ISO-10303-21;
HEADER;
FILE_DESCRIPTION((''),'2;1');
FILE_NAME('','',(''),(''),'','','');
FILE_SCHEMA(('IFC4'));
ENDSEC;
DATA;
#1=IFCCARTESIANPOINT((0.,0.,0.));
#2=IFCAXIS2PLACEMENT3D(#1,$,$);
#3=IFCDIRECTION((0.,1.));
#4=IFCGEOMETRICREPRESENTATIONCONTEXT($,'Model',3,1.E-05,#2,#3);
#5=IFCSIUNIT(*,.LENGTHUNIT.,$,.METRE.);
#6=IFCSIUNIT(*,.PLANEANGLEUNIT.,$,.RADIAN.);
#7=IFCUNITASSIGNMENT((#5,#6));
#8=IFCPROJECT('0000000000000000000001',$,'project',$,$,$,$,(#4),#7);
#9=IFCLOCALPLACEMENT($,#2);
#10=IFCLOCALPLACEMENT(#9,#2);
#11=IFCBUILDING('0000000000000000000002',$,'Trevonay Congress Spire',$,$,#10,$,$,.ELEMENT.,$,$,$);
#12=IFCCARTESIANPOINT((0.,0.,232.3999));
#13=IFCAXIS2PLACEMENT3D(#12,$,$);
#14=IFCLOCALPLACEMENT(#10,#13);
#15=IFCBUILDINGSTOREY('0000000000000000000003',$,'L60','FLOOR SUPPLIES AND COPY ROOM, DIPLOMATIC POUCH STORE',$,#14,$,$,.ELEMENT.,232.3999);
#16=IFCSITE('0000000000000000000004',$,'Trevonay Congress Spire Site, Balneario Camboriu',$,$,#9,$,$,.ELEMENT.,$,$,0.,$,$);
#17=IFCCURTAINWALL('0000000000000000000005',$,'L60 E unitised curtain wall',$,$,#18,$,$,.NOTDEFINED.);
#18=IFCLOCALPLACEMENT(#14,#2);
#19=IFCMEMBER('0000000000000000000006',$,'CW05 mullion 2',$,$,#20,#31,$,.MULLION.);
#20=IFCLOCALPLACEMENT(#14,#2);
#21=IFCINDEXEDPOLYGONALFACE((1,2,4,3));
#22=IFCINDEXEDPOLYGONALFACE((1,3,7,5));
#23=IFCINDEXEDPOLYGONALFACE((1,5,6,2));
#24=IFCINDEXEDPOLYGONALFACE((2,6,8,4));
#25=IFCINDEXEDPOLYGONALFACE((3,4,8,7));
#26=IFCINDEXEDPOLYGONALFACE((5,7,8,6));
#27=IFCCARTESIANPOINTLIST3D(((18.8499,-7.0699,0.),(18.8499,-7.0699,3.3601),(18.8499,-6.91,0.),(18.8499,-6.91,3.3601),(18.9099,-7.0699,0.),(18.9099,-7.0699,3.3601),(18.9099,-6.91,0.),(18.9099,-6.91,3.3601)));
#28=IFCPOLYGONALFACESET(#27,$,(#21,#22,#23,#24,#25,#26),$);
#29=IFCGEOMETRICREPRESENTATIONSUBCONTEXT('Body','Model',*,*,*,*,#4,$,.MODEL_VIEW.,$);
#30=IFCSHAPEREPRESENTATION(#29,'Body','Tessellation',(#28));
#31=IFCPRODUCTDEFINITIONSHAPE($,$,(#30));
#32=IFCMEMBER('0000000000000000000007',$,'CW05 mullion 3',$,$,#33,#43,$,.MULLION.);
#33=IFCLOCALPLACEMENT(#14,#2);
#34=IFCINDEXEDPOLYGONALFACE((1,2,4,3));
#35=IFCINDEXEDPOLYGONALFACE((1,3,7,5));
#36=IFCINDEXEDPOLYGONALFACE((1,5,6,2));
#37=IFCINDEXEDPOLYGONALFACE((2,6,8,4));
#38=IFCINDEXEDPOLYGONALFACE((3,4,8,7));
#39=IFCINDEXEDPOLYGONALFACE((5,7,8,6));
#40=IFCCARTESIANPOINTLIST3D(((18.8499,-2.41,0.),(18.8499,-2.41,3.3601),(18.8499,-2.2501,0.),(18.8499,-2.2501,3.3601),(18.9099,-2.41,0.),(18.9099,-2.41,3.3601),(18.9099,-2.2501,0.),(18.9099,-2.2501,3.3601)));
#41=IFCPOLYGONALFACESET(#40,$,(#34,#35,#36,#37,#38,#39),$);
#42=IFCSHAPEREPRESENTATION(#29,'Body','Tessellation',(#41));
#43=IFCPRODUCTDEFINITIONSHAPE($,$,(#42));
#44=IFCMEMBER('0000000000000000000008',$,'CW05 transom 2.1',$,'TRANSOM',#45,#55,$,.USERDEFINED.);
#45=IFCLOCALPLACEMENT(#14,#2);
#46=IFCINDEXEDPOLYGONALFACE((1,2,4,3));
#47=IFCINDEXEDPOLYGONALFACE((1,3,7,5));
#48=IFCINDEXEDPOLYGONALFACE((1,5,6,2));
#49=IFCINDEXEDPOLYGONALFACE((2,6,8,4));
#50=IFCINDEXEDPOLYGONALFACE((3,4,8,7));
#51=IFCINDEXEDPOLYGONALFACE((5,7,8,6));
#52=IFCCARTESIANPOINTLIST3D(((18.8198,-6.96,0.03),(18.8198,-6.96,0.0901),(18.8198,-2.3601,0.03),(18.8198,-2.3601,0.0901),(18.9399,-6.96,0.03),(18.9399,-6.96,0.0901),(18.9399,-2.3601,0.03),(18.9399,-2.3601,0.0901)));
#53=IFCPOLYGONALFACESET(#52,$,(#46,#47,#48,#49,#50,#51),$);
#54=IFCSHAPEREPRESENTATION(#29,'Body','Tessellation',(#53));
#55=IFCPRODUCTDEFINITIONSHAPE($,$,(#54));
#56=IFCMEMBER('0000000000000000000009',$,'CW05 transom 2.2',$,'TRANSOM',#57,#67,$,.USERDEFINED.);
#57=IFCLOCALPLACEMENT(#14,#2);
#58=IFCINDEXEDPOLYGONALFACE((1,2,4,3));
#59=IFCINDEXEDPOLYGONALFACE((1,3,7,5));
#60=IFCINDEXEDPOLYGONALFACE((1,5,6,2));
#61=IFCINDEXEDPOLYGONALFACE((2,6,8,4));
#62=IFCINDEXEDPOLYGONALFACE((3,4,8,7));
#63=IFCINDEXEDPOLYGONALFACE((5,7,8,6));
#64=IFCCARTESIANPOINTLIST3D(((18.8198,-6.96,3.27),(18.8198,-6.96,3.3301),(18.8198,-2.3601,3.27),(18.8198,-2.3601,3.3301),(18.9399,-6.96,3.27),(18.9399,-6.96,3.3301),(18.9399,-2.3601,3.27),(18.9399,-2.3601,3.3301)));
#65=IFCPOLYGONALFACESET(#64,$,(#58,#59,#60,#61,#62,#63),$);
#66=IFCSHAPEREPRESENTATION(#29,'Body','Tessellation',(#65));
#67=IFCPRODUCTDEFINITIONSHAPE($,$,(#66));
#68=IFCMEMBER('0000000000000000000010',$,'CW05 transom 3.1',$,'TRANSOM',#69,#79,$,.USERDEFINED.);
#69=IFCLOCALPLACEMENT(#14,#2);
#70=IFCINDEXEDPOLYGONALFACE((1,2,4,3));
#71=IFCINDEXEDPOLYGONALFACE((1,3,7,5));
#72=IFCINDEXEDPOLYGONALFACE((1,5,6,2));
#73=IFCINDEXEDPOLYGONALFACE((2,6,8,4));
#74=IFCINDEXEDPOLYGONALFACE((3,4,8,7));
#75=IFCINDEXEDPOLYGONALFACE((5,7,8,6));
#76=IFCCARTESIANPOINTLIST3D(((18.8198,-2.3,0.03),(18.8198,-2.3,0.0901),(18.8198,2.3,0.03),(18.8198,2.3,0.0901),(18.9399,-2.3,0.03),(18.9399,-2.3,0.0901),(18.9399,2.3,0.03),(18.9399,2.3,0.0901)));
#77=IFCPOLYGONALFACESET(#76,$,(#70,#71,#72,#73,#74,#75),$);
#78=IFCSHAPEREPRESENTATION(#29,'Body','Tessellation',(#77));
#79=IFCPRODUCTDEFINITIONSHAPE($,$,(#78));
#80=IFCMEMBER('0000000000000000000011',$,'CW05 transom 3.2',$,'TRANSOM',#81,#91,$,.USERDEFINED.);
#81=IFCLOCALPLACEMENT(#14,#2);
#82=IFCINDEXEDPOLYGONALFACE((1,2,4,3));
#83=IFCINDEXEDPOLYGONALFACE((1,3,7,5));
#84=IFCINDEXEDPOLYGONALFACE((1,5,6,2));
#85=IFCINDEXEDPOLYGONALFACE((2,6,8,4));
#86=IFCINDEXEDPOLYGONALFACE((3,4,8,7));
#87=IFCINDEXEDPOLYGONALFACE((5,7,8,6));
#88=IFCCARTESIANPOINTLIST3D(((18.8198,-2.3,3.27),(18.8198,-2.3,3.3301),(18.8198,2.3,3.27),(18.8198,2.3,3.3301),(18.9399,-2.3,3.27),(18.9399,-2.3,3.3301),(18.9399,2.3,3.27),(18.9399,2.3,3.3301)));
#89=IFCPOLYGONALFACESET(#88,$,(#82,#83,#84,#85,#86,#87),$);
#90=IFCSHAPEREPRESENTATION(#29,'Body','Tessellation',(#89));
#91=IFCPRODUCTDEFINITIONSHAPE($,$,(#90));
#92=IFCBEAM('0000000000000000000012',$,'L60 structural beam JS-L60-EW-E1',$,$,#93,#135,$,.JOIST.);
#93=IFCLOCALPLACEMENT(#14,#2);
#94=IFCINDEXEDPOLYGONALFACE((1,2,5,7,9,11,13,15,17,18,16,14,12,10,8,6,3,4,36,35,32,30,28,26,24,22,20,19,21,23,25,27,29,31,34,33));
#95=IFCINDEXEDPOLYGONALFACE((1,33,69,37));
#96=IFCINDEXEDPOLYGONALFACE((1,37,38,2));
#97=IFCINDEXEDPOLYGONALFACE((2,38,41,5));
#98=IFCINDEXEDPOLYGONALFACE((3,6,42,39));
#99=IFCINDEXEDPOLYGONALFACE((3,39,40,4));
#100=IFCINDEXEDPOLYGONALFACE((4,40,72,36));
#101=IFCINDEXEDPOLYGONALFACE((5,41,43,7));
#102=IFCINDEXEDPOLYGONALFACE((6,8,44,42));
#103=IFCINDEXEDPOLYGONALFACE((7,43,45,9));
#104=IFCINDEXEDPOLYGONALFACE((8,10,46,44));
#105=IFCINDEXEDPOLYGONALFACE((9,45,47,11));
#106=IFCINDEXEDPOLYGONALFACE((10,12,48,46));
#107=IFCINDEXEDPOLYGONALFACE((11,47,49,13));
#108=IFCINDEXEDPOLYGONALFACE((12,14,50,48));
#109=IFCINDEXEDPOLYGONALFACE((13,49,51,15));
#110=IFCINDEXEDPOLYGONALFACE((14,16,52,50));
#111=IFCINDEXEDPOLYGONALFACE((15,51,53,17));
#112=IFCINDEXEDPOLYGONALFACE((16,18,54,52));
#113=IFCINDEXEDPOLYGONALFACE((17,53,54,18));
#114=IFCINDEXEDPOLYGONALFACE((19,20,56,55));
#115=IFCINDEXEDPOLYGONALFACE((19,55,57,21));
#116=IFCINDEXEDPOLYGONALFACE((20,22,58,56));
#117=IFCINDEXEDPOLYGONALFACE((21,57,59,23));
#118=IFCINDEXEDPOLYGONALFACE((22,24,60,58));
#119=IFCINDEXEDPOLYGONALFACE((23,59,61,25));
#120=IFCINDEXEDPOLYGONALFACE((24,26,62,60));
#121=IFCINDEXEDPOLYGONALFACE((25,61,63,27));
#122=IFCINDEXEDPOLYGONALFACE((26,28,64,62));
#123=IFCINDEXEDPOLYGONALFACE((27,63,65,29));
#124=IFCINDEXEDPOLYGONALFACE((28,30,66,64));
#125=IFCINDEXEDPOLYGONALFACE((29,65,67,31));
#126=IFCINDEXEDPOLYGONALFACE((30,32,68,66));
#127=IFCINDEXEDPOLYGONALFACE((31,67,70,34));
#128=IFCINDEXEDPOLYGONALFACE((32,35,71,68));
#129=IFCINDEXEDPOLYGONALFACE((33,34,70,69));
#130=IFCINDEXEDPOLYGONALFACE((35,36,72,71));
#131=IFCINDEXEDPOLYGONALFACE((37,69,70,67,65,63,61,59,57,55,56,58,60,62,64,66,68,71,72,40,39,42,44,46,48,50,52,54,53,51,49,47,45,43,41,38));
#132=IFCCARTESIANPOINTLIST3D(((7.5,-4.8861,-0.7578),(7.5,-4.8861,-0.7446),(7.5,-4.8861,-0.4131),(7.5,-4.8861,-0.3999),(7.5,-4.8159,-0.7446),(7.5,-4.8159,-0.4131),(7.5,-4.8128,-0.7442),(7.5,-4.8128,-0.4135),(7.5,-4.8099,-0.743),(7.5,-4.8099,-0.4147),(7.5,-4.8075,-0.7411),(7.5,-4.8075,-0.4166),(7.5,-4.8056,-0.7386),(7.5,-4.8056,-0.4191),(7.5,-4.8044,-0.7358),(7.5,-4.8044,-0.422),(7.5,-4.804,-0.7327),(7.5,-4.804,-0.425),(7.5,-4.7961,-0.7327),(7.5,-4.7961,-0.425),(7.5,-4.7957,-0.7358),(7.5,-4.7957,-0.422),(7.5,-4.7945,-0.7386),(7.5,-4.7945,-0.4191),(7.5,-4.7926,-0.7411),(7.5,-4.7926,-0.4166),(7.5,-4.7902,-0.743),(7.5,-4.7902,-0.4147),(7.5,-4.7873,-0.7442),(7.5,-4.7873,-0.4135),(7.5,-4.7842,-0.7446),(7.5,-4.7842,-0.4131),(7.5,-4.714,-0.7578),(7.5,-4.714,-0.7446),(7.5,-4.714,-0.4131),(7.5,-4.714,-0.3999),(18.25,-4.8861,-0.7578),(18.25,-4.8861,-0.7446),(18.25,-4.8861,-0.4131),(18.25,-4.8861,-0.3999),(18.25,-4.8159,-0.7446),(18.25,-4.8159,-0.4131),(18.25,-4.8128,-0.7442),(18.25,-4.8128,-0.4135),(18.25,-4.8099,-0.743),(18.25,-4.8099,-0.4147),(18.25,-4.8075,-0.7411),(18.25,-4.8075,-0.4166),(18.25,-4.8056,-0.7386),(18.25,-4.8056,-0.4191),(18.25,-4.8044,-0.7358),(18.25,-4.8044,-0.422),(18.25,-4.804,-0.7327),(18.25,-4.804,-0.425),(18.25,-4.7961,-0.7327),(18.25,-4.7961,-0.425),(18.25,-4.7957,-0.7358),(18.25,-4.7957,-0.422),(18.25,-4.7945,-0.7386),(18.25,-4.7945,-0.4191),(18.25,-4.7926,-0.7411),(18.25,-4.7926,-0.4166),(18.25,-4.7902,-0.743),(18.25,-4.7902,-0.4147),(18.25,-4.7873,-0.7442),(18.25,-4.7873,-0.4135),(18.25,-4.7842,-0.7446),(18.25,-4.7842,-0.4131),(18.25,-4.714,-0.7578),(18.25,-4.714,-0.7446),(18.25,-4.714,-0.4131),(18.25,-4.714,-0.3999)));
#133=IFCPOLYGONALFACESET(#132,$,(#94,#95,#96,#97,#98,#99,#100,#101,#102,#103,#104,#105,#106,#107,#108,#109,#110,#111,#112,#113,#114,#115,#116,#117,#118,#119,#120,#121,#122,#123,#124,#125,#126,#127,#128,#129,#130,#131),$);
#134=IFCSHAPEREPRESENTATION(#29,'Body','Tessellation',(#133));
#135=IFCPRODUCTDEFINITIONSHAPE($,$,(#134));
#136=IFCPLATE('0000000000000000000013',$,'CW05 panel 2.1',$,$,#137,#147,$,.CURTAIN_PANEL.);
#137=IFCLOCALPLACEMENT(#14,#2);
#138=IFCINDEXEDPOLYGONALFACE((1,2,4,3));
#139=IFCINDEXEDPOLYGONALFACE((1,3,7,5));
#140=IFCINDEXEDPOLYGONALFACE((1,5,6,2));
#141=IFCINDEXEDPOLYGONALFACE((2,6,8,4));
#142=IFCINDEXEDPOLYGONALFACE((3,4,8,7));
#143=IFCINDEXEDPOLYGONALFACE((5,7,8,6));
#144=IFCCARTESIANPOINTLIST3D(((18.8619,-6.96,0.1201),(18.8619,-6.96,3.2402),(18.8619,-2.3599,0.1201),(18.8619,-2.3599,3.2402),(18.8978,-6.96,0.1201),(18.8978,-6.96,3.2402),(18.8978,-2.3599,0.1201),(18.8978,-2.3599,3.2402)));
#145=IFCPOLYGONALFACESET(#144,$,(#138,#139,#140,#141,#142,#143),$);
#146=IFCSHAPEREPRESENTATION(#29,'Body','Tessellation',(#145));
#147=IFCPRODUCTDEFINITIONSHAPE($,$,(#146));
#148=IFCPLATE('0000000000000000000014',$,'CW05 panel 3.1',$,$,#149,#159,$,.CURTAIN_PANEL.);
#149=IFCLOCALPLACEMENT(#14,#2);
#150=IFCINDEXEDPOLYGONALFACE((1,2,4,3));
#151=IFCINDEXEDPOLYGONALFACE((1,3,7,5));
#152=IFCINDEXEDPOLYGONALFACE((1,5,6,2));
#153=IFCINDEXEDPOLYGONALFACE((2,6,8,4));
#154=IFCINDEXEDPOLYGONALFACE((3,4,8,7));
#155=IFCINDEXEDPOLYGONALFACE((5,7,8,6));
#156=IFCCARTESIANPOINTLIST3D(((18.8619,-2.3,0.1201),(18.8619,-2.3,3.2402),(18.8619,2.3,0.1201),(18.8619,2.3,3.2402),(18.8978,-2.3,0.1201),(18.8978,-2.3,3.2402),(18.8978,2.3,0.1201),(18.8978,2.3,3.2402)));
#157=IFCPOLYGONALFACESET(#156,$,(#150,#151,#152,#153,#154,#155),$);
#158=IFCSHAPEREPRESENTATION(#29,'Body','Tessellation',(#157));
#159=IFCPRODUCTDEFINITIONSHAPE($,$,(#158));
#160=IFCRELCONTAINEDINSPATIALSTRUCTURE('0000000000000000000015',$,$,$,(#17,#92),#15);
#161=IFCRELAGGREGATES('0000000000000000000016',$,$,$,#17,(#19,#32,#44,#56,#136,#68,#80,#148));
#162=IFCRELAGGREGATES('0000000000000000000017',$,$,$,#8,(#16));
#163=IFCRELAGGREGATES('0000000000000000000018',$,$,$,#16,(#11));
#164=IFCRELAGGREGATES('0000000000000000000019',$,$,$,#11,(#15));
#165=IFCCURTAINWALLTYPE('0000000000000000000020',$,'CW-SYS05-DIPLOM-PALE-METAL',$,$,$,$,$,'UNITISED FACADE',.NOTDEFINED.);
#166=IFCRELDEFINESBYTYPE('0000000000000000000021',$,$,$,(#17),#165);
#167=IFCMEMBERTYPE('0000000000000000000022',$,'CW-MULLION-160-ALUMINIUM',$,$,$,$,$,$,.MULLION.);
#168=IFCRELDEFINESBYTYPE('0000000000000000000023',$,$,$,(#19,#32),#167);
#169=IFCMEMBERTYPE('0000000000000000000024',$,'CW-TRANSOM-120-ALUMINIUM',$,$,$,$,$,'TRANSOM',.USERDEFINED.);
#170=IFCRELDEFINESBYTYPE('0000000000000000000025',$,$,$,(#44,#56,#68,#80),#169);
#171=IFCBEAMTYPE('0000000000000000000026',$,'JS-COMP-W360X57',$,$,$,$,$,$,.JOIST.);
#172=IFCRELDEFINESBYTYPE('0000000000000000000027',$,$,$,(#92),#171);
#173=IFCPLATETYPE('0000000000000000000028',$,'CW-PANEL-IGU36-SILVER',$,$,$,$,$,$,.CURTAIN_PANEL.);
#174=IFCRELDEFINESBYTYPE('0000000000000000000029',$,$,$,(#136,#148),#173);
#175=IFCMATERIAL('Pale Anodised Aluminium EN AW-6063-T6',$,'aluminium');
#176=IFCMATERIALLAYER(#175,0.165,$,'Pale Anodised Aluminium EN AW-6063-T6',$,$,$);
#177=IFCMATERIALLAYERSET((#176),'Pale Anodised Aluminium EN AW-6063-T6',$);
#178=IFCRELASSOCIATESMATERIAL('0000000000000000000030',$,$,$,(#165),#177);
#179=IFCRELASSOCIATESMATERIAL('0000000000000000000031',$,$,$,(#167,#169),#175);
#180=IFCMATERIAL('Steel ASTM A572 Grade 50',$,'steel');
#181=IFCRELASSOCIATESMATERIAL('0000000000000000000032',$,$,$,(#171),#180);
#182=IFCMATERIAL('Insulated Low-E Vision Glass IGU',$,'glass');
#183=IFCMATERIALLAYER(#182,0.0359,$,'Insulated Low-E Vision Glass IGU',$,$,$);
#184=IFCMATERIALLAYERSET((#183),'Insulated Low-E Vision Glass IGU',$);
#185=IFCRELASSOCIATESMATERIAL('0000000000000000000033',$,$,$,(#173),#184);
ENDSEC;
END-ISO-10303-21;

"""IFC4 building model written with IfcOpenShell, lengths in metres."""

from ifc_helpers import new_model, si_unit, direction, frame, origin, origin_2d, place, context, subcontext, project, spatial, rectangle, i_section, extrude, material, layer, layer_set, material_profile, profile_set, type_object, element, aggregate, save


model = new_model("IFC4")

# Units and contexts
model_context = context("Model", 3, precision=1e-05, world=origin(), true_north=direction((0.0, 1.0)))
body_context = subcontext(model_context, "Body", "Model", "MODEL_VIEW")
ifc_project = project(units=[si_unit("LENGTHUNIT", "METRE"), si_unit("PLANEANGLEUNIT", "RADIAN")], contexts=[model_context])

# Site, building, storey
site_placement = place(None, origin())
site = spatial("IfcSite", under=ifc_project, at=site_placement, Name="Trevonay Congress Spire Site, Balneario Camboriu", CompositionType="ELEMENT", RefElevation=0.0)
building_placement = place(site_placement, origin())
building = spatial("IfcBuilding", under=site, at=building_placement, Name="Trevonay Congress Spire", CompositionType="ELEMENT")
storey_placement = place(building_placement, frame((0.0, 0.0, 232.3999)))
storey = spatial("IfcBuildingStorey", under=building, at=storey_placement, Name="L60", Description="FLOOR SUPPLIES AND COPY ROOM, DIPLOMATIC POUCH STORE", CompositionType="ELEMENT", Elevation=232.3999)

# Shared definitions
ifc_material_1 = material(Name="Steel ASTM A572 Grade 50", Category="steel")

# Curtain wall, members
ifc_material_2 = material(Name="Pale Anodised Aluminium EN AW-6063-T6", Category="aluminium")
ifc_layer_1 = layer(ifc_material_2, 0.165, Name="Pale Anodised Aluminium EN AW-6063-T6")
ifc_layer_set_1 = layer_set([ifc_layer_1], Name="Pale Anodised Aluminium EN AW-6063-T6")
curtain_wall_type = type_object("IfcCurtainWallType", Name="CW-SYS05-DIPLOM-PALE-METAL", ElementType="UNITISED FACADE", PredefinedType="NOTDEFINED", material=ifc_layer_set_1)
curtain_wall_placement = place(storey_placement, origin())
curtain_wall = element("IfcCurtainWall", 1, at=curtain_wall_placement, inside=storey, type_object=curtain_wall_type, Name="L60 E unitised curtain wall", PredefinedType="NOTDEFINED")
ifc_material_profile_1 = material_profile(ifc_material_2, rectangle(XDim=0.0601, YDim=0.1599, at=origin_2d()), Name="CW-MULLION-160-ALUMINIUM")
ifc_profile_set_1 = profile_set([ifc_material_profile_1], Name="Pale Anodised Aluminium EN AW-6063-T6")
member_type_1 = type_object("IfcMemberType", Name="CW-MULLION-160-ALUMINIUM", PredefinedType="MULLION", material=ifc_profile_set_1)
member_1_placement = place(storey_placement, frame((18.8799, -6.99, 0.0), z_axis=(0.0, 0.0, 1.0), x_axis=(-1.0, 0.0, 0.0)))
member_1 = element("IfcMember", 2, at=member_1_placement, type_object=member_type_1, Name="CW05 mullion 2", PredefinedType="MULLION", context=body_context, shape_type="SweptSolid", body=[
    extrude(rectangle(XDim=0.0601, YDim=0.1599, at=origin_2d()), origin(), (0.0, 0.0, 1.0), 3.3601),
])
member_2_placement = place(storey_placement, frame((18.8799, -2.3301, 0.0), z_axis=(0.0, 0.0, 1.0), x_axis=(-1.0, 0.0, 0.0)))
member_2 = element("IfcMember", 3, at=member_2_placement, type_object=member_type_1, Name="CW05 mullion 3", PredefinedType="MULLION", context=body_context, shape_type="SweptSolid", body=[
    extrude(rectangle(XDim=0.0601, YDim=0.1599, at=origin_2d()), origin(), (0.0, 0.0, 1.0), 3.3601),
])
ifc_material_profile_2 = material_profile(ifc_material_2, rectangle(XDim=0.1201, YDim=0.0601, at=origin_2d()), Name="CW-TRANSOM-120-ALUMINIUM")
ifc_profile_set_2 = profile_set([ifc_material_profile_2], Name="Pale Anodised Aluminium EN AW-6063-T6")
member_type_2 = type_object("IfcMemberType", Name="CW-TRANSOM-120-ALUMINIUM", ElementType="TRANSOM", PredefinedType="USERDEFINED", material=ifc_profile_set_2)
member_3_placement = place(storey_placement, frame((18.8799, -6.96, 0.0601), z_axis=(0.0, 1.0, 0.0), x_axis=(-1.0, 0.0, 0.0)))
member_3 = element("IfcMember", 4, at=member_3_placement, type_object=member_type_2, Name="CW05 transom 2.1", ObjectType="TRANSOM", PredefinedType="USERDEFINED", context=body_context, shape_type="SweptSolid", body=[
    extrude(rectangle(XDim=0.1201, YDim=0.0601, at=origin_2d()), origin(), (0.0, 0.0, 1.0), 4.5999),
])
member_4_placement = place(storey_placement, frame((18.8799, -6.96, 3.3), z_axis=(0.0, 1.0, 0.0), x_axis=(-1.0, 0.0, 0.0)))
member_4 = element("IfcMember", 5, at=member_4_placement, type_object=member_type_2, Name="CW05 transom 2.2", ObjectType="TRANSOM", PredefinedType="USERDEFINED", context=body_context, shape_type="SweptSolid", body=[
    extrude(rectangle(XDim=0.1201, YDim=0.0601, at=origin_2d()), origin(), (0.0, 0.0, 1.0), 4.5999),
])
member_5_placement = place(storey_placement, frame((18.8799, -2.3, 0.0601), z_axis=(0.0, 1.0, 0.0), x_axis=(-1.0, 0.0, 0.0)))
member_5 = element("IfcMember", 6, at=member_5_placement, type_object=member_type_2, Name="CW05 transom 3.1", ObjectType="TRANSOM", PredefinedType="USERDEFINED", context=body_context, shape_type="SweptSolid", body=[
    extrude(rectangle(XDim=0.1201, YDim=0.0601, at=origin_2d()), origin(), (0.0, 0.0, 1.0), 4.6001),
])
member_6_placement = place(storey_placement, frame((18.8799, -2.3, 3.3), z_axis=(0.0, 1.0, 0.0), x_axis=(-1.0, 0.0, 0.0)))
member_6 = element("IfcMember", 7, at=member_6_placement, type_object=member_type_2, Name="CW05 transom 3.2", ObjectType="TRANSOM", PredefinedType="USERDEFINED", context=body_context, shape_type="SweptSolid", body=[
    extrude(rectangle(XDim=0.1201, YDim=0.0601, at=origin_2d()), origin(), (0.0, 0.0, 1.0), 4.6001),
])

# Beam
ifc_material_profile_3 = material_profile(ifc_material_1, i_section(OverallWidth=0.1721, OverallDepth=0.3579, WebThickness=0.0078, FlangeThickness=0.0132, FilletRadius=0.012, at=origin_2d()), Name="W360x57.8")
ifc_profile_set_3 = profile_set([ifc_material_profile_3], Name="Steel ASTM A572 Grade 50")
beam_type_1 = type_object("IfcBeamType", Name="JS-COMP-W360X57", PredefinedType="JOIST", material=ifc_profile_set_3)
beam_1_placement = place(storey_placement, frame((7.5, -4.8, -0.5789), z_axis=(1.0, 0.0, 0.0), x_axis=(0.0, 1.0, 0.0)))
element("IfcBeam", 8, at=beam_1_placement, inside=storey, type_object=beam_type_1, Name="L60 structural beam JS-L60-EW-E1", PredefinedType="JOIST", context=body_context, shape_type="SweptSolid", body=[
    extrude(i_section(OverallWidth=0.1721, OverallDepth=0.3579, WebThickness=0.0078, FlangeThickness=0.0132, FilletRadius=0.012, at=origin_2d()), origin(), (0.0, 0.0, 1.0), 10.75),
])

# Plates
ifc_material_3 = material(Name="Insulated Low-E Vision Glass IGU", Category="glass")
ifc_layer_2 = layer(ifc_material_3, 0.0359, Name="Insulated Low-E Vision Glass IGU")
ifc_layer_set_2 = layer_set([ifc_layer_2], Name="Insulated Low-E Vision Glass IGU")
plate_type = type_object("IfcPlateType", Name="CW-PANEL-IGU36-SILVER", PredefinedType="CURTAIN_PANEL", material=ifc_layer_set_2)
plate_1_placement = place(storey_placement, frame((18.8799, -4.6599, 0.1201), z_axis=(0.0, 0.0, 1.0), x_axis=(0.0, 1.0, 0.0)))
plate_1 = element("IfcPlate", 9, at=plate_1_placement, type_object=plate_type, Name="CW05 panel 2.1", PredefinedType="CURTAIN_PANEL", context=body_context, shape_type="SweptSolid", body=[
    extrude(rectangle(XDim=4.6001, YDim=0.0359, at=origin_2d()), origin(), (0.0, 0.0, 1.0), 3.1201),
])
plate_2_placement = place(storey_placement, frame((18.8799, 0.0, 0.1201), z_axis=(0.0, 0.0, 1.0), x_axis=(0.0, 1.0, 0.0)))
plate_2 = element("IfcPlate", 10, at=plate_2_placement, type_object=plate_type, Name="CW05 panel 3.1", PredefinedType="CURTAIN_PANEL", context=body_context, shape_type="SweptSolid", body=[
    extrude(rectangle(XDim=4.6001, YDim=0.0359, at=origin_2d()), origin(), (0.0, 0.0, 1.0), 3.1201),
])
aggregate(curtain_wall, [member_1, member_2, member_3, member_4, plate_1, member_5, member_6, plate_2])

save(model, "model.ifc")
